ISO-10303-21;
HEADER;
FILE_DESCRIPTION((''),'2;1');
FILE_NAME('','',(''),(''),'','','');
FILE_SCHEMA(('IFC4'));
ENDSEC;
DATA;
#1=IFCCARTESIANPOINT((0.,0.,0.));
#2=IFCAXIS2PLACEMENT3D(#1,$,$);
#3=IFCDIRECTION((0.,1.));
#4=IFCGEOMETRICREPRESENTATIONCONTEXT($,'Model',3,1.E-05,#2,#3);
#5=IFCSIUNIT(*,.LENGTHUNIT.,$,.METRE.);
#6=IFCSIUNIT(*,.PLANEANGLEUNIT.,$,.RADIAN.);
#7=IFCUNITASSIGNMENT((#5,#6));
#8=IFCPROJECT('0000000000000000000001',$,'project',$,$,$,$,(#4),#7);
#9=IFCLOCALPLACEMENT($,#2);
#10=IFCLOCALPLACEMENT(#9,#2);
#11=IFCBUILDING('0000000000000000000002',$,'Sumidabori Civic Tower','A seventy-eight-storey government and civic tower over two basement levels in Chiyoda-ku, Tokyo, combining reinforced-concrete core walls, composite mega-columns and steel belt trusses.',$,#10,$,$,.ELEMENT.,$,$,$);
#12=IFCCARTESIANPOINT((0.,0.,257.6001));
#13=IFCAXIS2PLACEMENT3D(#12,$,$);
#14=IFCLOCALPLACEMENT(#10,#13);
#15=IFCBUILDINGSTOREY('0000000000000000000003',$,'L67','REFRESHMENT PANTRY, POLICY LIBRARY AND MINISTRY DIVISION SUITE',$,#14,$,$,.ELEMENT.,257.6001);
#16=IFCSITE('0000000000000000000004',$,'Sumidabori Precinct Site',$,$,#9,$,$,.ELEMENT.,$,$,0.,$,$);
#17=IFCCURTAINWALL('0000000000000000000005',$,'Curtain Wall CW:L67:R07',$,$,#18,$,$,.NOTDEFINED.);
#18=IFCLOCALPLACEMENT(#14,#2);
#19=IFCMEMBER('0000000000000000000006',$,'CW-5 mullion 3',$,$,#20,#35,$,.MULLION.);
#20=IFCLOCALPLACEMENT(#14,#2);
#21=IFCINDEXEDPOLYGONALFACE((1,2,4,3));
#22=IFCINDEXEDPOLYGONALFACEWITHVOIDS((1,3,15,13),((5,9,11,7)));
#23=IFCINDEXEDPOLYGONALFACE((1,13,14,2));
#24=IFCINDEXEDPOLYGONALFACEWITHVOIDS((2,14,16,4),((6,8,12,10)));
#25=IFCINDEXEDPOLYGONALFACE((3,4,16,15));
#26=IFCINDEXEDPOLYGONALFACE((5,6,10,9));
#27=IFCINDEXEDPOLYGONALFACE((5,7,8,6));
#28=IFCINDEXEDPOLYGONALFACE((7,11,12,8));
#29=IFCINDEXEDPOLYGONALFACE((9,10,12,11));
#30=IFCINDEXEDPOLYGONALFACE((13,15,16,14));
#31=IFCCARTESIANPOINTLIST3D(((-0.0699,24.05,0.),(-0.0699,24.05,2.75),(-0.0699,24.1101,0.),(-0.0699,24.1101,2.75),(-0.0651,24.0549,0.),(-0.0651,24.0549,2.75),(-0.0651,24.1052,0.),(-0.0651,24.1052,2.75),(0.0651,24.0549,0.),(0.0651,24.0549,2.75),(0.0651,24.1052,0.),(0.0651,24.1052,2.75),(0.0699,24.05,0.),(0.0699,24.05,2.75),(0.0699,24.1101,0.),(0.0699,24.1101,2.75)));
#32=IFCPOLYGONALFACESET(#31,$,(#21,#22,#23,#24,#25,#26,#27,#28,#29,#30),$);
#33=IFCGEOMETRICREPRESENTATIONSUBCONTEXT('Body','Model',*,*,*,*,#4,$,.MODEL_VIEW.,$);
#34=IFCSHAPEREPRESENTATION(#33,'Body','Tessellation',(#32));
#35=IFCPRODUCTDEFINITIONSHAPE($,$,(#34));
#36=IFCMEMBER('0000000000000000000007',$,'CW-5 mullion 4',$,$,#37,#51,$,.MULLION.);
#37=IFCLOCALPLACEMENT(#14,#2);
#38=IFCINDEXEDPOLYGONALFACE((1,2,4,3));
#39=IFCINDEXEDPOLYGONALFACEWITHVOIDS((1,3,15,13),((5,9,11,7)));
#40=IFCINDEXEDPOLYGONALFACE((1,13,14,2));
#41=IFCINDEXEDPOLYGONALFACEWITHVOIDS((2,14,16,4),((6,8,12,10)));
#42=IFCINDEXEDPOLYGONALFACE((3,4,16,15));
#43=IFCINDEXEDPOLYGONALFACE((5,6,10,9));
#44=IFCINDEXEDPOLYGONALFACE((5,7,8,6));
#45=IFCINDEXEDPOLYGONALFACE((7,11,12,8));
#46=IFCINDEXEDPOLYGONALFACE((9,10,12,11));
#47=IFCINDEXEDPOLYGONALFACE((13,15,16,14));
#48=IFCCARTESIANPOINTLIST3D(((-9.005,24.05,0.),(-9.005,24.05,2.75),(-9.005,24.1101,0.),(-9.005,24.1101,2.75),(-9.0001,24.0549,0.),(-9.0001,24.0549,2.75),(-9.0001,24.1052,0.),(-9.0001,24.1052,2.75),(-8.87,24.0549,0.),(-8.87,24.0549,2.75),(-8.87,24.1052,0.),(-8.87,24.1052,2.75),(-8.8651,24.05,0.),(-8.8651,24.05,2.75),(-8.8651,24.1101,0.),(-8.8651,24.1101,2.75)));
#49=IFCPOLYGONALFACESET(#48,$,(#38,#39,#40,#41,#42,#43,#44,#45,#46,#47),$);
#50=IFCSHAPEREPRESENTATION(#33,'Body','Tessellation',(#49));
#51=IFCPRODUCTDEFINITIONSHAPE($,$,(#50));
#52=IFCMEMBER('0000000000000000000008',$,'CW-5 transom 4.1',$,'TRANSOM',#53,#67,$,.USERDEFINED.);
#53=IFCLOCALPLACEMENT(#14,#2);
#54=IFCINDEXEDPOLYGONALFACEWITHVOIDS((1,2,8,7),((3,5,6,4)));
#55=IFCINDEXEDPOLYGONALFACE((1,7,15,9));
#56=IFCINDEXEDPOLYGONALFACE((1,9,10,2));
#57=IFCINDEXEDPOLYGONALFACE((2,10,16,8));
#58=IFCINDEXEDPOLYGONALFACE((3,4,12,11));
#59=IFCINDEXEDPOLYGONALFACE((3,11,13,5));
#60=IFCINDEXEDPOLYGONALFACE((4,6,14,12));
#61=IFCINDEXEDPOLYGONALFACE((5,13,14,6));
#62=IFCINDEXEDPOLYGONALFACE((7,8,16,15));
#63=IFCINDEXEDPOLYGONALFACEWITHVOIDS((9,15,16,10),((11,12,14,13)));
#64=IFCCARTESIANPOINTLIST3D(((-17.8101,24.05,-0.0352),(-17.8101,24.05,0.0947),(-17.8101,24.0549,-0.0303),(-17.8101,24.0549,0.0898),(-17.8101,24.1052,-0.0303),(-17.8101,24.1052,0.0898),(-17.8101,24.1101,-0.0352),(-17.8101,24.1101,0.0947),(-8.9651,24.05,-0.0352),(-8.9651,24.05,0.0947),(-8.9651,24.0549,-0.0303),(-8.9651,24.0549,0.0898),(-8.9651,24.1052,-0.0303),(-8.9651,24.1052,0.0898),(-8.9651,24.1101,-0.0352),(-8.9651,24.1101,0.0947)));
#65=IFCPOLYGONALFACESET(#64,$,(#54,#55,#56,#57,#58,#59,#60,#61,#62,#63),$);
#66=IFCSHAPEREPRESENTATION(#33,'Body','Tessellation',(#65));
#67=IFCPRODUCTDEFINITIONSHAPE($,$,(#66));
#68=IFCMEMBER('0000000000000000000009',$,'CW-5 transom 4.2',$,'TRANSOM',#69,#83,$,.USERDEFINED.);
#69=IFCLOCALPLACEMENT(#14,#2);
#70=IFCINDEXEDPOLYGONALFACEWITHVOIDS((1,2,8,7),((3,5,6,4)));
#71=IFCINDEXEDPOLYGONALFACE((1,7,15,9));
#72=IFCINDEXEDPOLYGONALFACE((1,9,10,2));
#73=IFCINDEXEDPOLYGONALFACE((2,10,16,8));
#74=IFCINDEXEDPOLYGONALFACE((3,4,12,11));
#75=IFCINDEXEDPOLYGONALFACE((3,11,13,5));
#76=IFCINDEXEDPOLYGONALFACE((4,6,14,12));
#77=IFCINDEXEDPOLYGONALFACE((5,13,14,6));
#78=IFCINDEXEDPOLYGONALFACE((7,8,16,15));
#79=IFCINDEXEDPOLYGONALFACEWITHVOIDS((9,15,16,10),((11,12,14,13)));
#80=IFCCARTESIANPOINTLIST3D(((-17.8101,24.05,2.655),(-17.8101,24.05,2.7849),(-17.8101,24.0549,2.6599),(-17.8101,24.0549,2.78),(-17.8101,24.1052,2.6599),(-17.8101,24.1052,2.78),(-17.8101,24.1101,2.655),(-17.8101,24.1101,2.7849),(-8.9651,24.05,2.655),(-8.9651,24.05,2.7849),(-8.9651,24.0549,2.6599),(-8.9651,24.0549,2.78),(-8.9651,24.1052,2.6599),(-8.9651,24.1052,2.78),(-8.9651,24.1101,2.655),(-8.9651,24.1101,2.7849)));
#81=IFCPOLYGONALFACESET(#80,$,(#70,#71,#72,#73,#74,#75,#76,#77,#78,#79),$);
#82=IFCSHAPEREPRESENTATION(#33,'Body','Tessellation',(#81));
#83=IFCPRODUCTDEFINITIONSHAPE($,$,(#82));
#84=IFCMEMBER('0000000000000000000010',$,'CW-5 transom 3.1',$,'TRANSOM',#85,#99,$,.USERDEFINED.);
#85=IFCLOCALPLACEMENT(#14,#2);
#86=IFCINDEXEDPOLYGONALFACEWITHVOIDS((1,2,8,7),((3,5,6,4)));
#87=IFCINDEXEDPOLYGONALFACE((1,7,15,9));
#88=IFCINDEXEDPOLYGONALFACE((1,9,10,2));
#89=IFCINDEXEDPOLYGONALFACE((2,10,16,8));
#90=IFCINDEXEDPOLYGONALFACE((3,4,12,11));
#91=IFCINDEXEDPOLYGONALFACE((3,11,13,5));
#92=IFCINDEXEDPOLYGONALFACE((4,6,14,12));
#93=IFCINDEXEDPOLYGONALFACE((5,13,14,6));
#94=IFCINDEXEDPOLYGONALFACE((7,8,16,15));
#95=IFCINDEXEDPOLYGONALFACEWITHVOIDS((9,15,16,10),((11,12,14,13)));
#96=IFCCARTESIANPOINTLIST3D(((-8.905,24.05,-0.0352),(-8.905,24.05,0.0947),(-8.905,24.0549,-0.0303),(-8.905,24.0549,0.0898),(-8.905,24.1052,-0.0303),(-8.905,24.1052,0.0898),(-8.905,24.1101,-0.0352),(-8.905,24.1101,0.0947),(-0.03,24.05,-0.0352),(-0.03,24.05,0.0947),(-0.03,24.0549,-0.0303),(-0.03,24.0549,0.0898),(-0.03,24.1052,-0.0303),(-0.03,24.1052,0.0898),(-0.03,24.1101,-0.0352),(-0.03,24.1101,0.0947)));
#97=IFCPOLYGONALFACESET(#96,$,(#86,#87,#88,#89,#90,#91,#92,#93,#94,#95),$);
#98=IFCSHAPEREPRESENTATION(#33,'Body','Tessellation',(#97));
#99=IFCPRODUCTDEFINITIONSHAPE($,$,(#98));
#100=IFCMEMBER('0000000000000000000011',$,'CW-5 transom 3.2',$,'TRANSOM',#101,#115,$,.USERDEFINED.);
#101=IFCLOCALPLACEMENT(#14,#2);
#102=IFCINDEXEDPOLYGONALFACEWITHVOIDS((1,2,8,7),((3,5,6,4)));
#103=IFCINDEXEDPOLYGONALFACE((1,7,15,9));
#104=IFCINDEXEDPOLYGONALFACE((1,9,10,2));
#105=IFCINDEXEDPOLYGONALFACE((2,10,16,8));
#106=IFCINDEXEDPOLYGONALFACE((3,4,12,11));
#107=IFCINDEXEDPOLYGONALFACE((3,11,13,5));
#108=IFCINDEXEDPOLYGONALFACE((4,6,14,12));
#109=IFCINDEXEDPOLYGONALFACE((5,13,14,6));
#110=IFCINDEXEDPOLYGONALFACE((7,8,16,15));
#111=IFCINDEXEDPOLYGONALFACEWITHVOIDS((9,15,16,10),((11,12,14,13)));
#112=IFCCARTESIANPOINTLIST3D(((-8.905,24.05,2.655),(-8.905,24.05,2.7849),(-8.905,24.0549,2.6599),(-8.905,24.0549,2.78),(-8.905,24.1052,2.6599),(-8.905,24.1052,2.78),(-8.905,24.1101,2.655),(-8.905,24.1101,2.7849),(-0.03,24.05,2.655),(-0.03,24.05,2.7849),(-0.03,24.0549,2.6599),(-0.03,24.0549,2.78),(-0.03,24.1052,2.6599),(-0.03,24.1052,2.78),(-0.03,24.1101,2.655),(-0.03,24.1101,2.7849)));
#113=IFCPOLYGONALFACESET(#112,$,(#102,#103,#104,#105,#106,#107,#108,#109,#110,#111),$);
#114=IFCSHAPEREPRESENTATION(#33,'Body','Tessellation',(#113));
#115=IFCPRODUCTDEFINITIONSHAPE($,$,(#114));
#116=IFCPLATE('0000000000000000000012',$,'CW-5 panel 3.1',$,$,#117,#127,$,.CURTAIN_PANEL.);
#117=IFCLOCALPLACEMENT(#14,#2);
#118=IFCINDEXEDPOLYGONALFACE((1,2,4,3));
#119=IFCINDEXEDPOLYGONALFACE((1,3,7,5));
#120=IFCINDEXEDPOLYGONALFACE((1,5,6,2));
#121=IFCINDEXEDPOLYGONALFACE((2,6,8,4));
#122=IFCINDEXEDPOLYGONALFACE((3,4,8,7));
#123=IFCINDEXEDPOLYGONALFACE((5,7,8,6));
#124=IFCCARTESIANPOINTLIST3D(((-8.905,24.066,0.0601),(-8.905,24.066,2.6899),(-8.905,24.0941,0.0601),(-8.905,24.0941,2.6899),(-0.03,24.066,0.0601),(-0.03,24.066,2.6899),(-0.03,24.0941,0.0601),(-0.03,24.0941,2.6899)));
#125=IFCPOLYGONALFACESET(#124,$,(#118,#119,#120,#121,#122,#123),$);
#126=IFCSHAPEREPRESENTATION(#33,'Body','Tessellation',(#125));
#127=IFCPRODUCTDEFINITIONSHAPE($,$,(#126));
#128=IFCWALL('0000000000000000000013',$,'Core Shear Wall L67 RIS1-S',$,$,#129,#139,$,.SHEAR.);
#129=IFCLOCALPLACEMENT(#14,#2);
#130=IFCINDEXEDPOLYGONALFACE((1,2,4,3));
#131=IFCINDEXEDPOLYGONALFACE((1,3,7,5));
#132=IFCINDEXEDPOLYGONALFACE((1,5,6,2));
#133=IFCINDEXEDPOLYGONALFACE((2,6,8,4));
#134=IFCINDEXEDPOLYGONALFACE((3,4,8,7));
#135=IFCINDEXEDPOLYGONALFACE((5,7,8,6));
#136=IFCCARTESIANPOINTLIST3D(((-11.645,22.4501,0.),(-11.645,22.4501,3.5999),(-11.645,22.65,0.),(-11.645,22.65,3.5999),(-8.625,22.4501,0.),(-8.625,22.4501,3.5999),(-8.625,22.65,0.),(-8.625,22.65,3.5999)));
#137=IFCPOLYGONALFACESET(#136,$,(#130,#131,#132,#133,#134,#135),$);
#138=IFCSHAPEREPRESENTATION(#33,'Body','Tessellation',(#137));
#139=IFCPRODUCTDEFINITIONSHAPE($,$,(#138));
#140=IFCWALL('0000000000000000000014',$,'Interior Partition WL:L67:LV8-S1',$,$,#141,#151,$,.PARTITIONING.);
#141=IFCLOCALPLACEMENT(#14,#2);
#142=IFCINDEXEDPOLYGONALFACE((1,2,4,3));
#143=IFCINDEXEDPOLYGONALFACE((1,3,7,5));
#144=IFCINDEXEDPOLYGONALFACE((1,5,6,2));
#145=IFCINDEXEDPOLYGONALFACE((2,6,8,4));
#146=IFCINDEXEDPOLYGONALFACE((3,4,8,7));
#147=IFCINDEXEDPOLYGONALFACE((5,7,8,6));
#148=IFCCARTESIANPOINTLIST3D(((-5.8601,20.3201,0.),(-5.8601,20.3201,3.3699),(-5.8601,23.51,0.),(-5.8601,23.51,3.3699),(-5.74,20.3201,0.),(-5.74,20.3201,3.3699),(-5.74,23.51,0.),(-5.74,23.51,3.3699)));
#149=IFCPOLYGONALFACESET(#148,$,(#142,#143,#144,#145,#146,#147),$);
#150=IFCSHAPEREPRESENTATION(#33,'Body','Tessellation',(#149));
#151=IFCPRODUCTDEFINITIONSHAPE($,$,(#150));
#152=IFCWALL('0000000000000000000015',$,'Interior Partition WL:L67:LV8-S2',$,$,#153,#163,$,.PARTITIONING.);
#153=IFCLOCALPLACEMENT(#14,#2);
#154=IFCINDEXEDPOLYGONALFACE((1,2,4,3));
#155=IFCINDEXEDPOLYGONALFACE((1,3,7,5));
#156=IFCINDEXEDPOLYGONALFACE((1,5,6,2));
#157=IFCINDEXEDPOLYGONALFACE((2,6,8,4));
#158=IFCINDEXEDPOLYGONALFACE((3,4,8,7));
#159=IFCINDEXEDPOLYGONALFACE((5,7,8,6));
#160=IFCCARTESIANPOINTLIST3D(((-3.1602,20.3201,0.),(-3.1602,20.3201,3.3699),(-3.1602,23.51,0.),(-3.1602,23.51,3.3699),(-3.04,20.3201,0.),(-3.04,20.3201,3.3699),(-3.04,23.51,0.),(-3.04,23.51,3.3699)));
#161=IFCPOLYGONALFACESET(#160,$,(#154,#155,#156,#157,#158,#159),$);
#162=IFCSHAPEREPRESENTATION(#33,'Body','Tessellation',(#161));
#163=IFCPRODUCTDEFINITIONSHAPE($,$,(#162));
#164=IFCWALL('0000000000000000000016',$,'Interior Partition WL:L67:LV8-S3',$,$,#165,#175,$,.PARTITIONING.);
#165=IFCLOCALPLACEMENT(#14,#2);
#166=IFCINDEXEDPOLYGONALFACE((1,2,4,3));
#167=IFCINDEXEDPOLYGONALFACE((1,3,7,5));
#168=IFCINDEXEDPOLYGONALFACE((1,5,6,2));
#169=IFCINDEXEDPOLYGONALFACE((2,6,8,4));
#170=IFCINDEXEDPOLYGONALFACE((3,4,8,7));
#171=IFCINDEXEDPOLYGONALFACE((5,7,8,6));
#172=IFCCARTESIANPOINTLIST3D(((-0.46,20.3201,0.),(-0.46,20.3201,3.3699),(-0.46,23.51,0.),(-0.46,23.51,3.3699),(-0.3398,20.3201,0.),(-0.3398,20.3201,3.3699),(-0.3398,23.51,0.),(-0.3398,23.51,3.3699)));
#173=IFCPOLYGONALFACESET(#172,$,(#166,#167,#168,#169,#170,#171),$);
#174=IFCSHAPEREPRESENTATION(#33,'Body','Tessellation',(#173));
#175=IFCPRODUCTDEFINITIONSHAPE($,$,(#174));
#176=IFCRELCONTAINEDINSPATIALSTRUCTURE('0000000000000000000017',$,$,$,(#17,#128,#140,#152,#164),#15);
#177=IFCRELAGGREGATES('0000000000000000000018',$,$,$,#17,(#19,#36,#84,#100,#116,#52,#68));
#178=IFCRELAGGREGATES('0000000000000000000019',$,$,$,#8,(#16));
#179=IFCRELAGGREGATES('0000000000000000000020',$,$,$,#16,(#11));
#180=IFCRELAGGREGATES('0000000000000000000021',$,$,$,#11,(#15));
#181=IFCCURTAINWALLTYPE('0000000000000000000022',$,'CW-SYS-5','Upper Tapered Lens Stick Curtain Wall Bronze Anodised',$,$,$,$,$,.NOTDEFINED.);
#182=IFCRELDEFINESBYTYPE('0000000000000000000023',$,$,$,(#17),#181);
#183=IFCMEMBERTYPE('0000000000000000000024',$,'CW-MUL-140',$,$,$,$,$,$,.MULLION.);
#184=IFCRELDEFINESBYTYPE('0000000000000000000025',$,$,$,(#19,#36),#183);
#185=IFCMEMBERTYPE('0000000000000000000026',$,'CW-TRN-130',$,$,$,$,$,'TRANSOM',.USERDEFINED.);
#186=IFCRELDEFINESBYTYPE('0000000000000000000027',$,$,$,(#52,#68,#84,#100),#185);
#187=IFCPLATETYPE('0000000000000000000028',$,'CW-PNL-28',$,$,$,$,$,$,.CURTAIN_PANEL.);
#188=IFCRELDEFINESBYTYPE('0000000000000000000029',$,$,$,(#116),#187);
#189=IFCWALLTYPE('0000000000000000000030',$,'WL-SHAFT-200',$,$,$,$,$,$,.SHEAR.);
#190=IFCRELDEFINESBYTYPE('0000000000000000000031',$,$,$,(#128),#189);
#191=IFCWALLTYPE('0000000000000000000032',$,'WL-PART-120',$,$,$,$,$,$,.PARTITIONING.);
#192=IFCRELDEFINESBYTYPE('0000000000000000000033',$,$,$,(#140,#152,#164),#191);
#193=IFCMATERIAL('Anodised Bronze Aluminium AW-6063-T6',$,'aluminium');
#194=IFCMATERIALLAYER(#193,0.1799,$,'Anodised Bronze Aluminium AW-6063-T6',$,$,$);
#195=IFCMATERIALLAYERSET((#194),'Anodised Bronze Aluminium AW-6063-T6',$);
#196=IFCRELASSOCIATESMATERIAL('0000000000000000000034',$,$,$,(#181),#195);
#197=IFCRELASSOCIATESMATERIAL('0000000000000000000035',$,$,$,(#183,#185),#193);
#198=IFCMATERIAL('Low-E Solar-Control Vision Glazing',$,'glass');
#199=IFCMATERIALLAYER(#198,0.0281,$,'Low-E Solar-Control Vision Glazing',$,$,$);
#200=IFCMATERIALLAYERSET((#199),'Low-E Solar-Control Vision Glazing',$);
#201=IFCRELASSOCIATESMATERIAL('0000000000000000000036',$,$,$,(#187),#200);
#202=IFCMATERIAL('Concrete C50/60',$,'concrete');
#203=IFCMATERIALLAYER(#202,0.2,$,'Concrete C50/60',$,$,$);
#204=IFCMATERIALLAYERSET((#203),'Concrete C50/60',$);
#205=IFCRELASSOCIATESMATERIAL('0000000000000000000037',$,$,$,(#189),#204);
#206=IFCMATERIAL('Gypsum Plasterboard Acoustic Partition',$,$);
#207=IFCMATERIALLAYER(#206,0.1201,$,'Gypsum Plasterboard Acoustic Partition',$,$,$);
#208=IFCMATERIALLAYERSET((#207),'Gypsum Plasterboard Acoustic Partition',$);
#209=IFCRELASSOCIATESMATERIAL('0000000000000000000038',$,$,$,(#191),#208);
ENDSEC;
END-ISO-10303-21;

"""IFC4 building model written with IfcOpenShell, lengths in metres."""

from ifc_helpers import new_model, si_unit, direction, frame, frame_2d, origin, origin_2d, place, context, subcontext, project, spatial, rectangle, hollow_rectangle, extrude, source, transform, mapped, material, layer, layer_set, material_profile, profile_set, type_object, element, aggregate, save


model = new_model("IFC4")

# Units and contexts
model_context = context("Model", 3, precision=1e-05, world=origin(), true_north=direction((0.0, 1.0)))
body_context = subcontext(model_context, "Body", "Model", "MODEL_VIEW")
ifc_project = project(units=[si_unit("LENGTHUNIT", "METRE"), si_unit("PLANEANGLEUNIT", "RADIAN")], contexts=[model_context])

# Site, building, storey
site_placement = place(None, origin())
site = spatial("IfcSite", under=ifc_project, at=site_placement, Name="Sumidabori Precinct Site", CompositionType="ELEMENT", RefElevation=0.0)
building_placement = place(site_placement, origin())
building = spatial("IfcBuilding", under=site, at=building_placement, Name="Sumidabori Civic Tower", Description="A seventy-eight-storey government and civic tower over two basement levels in Chiyoda-ku, Tokyo, combining reinforced-concrete core walls, composite mega-columns and steel belt trusses.", CompositionType="ELEMENT")
storey_placement = place(building_placement, frame((0.0, 0.0, 257.6001)))
storey = spatial("IfcBuildingStorey", under=building, at=storey_placement, Name="L67", Description="REFRESHMENT PANTRY, POLICY LIBRARY AND MINISTRY DIVISION SUITE", CompositionType="ELEMENT", Elevation=257.6001)

# Curtain wall, members, plate
ifc_material_1 = material(Name="Anodised Bronze Aluminium AW-6063-T6", Category="aluminium")
ifc_layer_1 = layer(ifc_material_1, 0.1799, Name="Anodised Bronze Aluminium AW-6063-T6")
ifc_layer_set_1 = layer_set([ifc_layer_1], Name="Anodised Bronze Aluminium AW-6063-T6")
curtain_wall_type = type_object("IfcCurtainWallType", Name="CW-SYS-5", Description="Upper Tapered Lens Stick Curtain Wall Bronze Anodised", PredefinedType="NOTDEFINED", material=ifc_layer_set_1)
curtain_wall_placement = place(storey_placement, origin())
curtain_wall = element("IfcCurtainWall", 1, at=curtain_wall_placement, inside=storey, type_object=curtain_wall_type, Name="Curtain Wall CW:L67:R07", PredefinedType="NOTDEFINED")
ifc_material_profile_1 = material_profile(ifc_material_1, hollow_rectangle(XDim=0.0601, YDim=0.1399, WallThickness=0.0049, at=origin_2d()), Name="ALU MULLION 140x60")
ifc_profile_set_1 = profile_set([ifc_material_profile_1], Name="Anodised Bronze Aluminium AW-6063-T6")
member_type_1 = type_object("IfcMemberType", Name="CW-MUL-140", PredefinedType="MULLION", material=ifc_profile_set_1)
shared_shape_1 = source(origin(), body_context, "Body", "SweptSolid", [
    extrude(hollow_rectangle(XDim=0.0601, YDim=0.1399, WallThickness=0.0049, at=origin_2d()), origin(), (0.0, 0.0, 1.0), 2.75),
])
member_1_placement = place(storey_placement, frame((0.0, 24.0801, 0.0), z_axis=(0.0, 0.0, 1.0), x_axis=(0.0, -1.0, 0.0)))
member_1 = element("IfcMember", 2, at=member_1_placement, type_object=member_type_1, Name="CW-5 mullion 3", PredefinedType="MULLION", context=body_context, shape_type="MappedRepresentation", body=[
    mapped(shared_shape_1, transform((0.0, 0.0, 0.0), x_axis=(1.0, 0.0, 0.0), y_axis=(0.0, 1.0, 0.0), z_axis=(0.0, 0.0, 1.0), scale=1.0)),
])
member_2_placement = place(storey_placement, frame((-8.9351, 24.0801, 0.0), z_axis=(0.0, 0.0, 1.0), x_axis=(0.0, -1.0, 0.0)))
member_2 = element("IfcMember", 3, at=member_2_placement, type_object=member_type_1, Name="CW-5 mullion 4", PredefinedType="MULLION", context=body_context, shape_type="MappedRepresentation", body=[
    mapped(shared_shape_1, transform((0.0, 0.0, 0.0), x_axis=(1.0, 0.0, 0.0), y_axis=(0.0, 1.0, 0.0), z_axis=(0.0, 0.0, 1.0), scale=1.0)),
])
ifc_material_profile_2 = material_profile(ifc_material_1, hollow_rectangle(XDim=0.0601, YDim=0.1299, WallThickness=0.0049, at=origin_2d()), Name="ALU TRANSOM 130x60")
ifc_profile_set_2 = profile_set([ifc_material_profile_2], Name="Anodised Bronze Aluminium AW-6063-T6")
member_type_2 = type_object("IfcMemberType", Name="CW-TRN-130", ElementType="TRANSOM", PredefinedType="USERDEFINED", material=ifc_profile_set_2)
shared_shape_2 = source(origin(), body_context, "Body", "SweptSolid", [
    extrude(hollow_rectangle(XDim=0.0601, YDim=0.1299, WallThickness=0.0049, at=origin_2d()), origin(), (0.0, 0.0, 1.0), 8.845),
])
member_3_placement = place(storey_placement, frame((-8.9651, 24.0801, 0.0298), z_axis=(-1.0, 0.0, 0.0), x_axis=(0.0, -1.0, 0.0)))
member_3 = element("IfcMember", 4, at=member_3_placement, type_object=member_type_2, Name="CW-5 transom 4.1", ObjectType="TRANSOM", PredefinedType="USERDEFINED", context=body_context, shape_type="MappedRepresentation", body=[
    mapped(shared_shape_2, transform((0.0, 0.0, 0.0), x_axis=(1.0, 0.0, 0.0), y_axis=(0.0, 1.0, 0.0), z_axis=(0.0, 0.0, 1.0), scale=1.0)),
])
member_4_placement = place(storey_placement, frame((-8.9651, 24.0801, 2.72), z_axis=(-1.0, 0.0, 0.0), x_axis=(0.0, -1.0, 0.0)))
member_4 = element("IfcMember", 5, at=member_4_placement, type_object=member_type_2, Name="CW-5 transom 4.2", ObjectType="TRANSOM", PredefinedType="USERDEFINED", context=body_context, shape_type="MappedRepresentation", body=[
    mapped(shared_shape_2, transform((0.0, 0.0, 0.0), x_axis=(1.0, 0.0, 0.0), y_axis=(0.0, 1.0, 0.0), z_axis=(0.0, 0.0, 1.0), scale=1.0)),
])
shared_shape_3 = source(origin(), body_context, "Body", "SweptSolid", [
    extrude(hollow_rectangle(XDim=0.0601, YDim=0.1299, WallThickness=0.0049, at=origin_2d()), origin(), (0.0, 0.0, 1.0), 8.875),
])
member_5_placement = place(storey_placement, frame((-0.03, 24.0801, 0.0298), z_axis=(-1.0, 0.0, 0.0), x_axis=(0.0, -1.0, 0.0)))
member_5 = element("IfcMember", 6, at=member_5_placement, type_object=member_type_2, Name="CW-5 transom 3.1", ObjectType="TRANSOM", PredefinedType="USERDEFINED", context=body_context, shape_type="MappedRepresentation", body=[
    mapped(shared_shape_3, transform((0.0, 0.0, 0.0), x_axis=(1.0, 0.0, 0.0), y_axis=(0.0, 1.0, 0.0), z_axis=(0.0, 0.0, 1.0), scale=1.0)),
])
member_6_placement = place(storey_placement, frame((-0.03, 24.0801, 2.72), z_axis=(-1.0, 0.0, 0.0), x_axis=(0.0, -1.0, 0.0)))
member_6 = element("IfcMember", 7, at=member_6_placement, type_object=member_type_2, Name="CW-5 transom 3.2", ObjectType="TRANSOM", PredefinedType="USERDEFINED", context=body_context, shape_type="MappedRepresentation", body=[
    mapped(shared_shape_3, transform((0.0, 0.0, 0.0), x_axis=(1.0, 0.0, 0.0), y_axis=(0.0, 1.0, 0.0), z_axis=(0.0, 0.0, 1.0), scale=1.0)),
])
ifc_material_2 = material(Name="Low-E Solar-Control Vision Glazing", Category="glass")
ifc_layer_2 = layer(ifc_material_2, 0.0281, Name="Low-E Solar-Control Vision Glazing")
ifc_layer_set_2 = layer_set([ifc_layer_2], Name="Low-E Solar-Control Vision Glazing")
plate_type = type_object("IfcPlateType", Name="CW-PNL-28", PredefinedType="CURTAIN_PANEL", material=ifc_layer_set_2)
shared_shape_4 = source(origin(), body_context, "Body", "SweptSolid", [
    extrude(rectangle(XDim=8.875, YDim=0.0281, at=origin_2d()), origin(), (0.0, 0.0, 1.0), 2.6299),
])
plate_placement = place(storey_placement, frame((-4.4675, 24.0801, 0.0601), z_axis=(0.0, 0.0, 1.0), x_axis=(-1.0, 0.0, 0.0)))
plate = element("IfcPlate", 8, at=plate_placement, type_object=plate_type, Name="CW-5 panel 3.1", PredefinedType="CURTAIN_PANEL", context=body_context, shape_type="MappedRepresentation", body=[
    mapped(shared_shape_4, transform((0.0, 0.0, 0.0), x_axis=(1.0, 0.0, 0.0), y_axis=(0.0, 1.0, 0.0), z_axis=(0.0, 0.0, 1.0), scale=1.0)),
])
aggregate(curtain_wall, [member_1, member_2, member_5, member_6, plate, member_3, member_4])

# Wall
ifc_material_3 = material(Name="Concrete C50/60", Category="concrete")
ifc_layer_3 = layer(ifc_material_3, 0.2, Name="Concrete C50/60")
ifc_layer_set_3 = layer_set([ifc_layer_3], Name="Concrete C50/60")
wall_type_1 = type_object("IfcWallType", Name="WL-SHAFT-200", PredefinedType="SHEAR", material=ifc_layer_set_3)
shared_shape_5 = source(origin(), body_context, "Body", "SweptSolid", [
    extrude(rectangle(XDim=3.02, YDim=0.2, at=frame_2d((1.51, 0.0))), origin(), (0.0, 0.0, 1.0), 3.5999),
])
wall_1_placement = place(storey_placement, frame((-11.645, 22.55, 0.0), z_axis=(0.0, 0.0, 1.0), x_axis=(1.0, 0.0, 0.0)))
element("IfcWall", 9, at=wall_1_placement, inside=storey, type_object=wall_type_1, Name="Core Shear Wall L67 RIS1-S", PredefinedType="SHEAR", context=body_context, shape_type="MappedRepresentation", body=[
    mapped(shared_shape_5, transform((0.0, 0.0, 0.0), x_axis=(1.0, 0.0, 0.0), y_axis=(0.0, 1.0, 0.0), z_axis=(0.0, 0.0, 1.0), scale=1.0)),
])

# Shared definitions
ifc_material_4 = material(Name="Gypsum Plasterboard Acoustic Partition")

# Walls
ifc_layer_4 = layer(ifc_material_4, 0.1201, Name="Gypsum Plasterboard Acoustic Partition")
ifc_layer_set_4 = layer_set([ifc_layer_4], Name="Gypsum Plasterboard Acoustic Partition")
wall_type_2 = type_object("IfcWallType", Name="WL-PART-120", PredefinedType="PARTITIONING", material=ifc_layer_set_4)
shared_shape_6 = source(origin(), body_context, "Body", "SweptSolid", [
    extrude(rectangle(XDim=3.1899, YDim=0.1201, at=frame_2d((1.595, 0.0))), origin(), (0.0, 0.0, 1.0), 3.3699),
])
for number, where, z_axis, x_axis, name in (
    (10, (-5.8, 20.3201, 0.0), (0.0, 0.0, 1.0), (0.0, 1.0, 0.0), "Interior Partition WL:L67:LV8-S1"),
    (11, (-3.1001, 20.3201, 0.0), (0.0, 0.0, 1.0), (0.0, 1.0, 0.0), "Interior Partition WL:L67:LV8-S2"),
    (12, (-0.3999, 20.3201, 0.0), (0.0, 0.0, 1.0), (0.0, 1.0, 0.0), "Interior Partition WL:L67:LV8-S3"),
):
    element("IfcWall", number, at=place(storey_placement, frame(where, z_axis=z_axis, x_axis=x_axis)), inside=storey, type_object=wall_type_2, Name=name, PredefinedType="PARTITIONING", context=body_context, shape_type="MappedRepresentation", body=[
        mapped(shared_shape_6, transform((0.0, 0.0, 0.0), x_axis=(1.0, 0.0, 0.0), y_axis=(0.0, 1.0, 0.0), z_axis=(0.0, 0.0, 1.0), scale=1.0)),
    ])

save(model, "model.ifc")
